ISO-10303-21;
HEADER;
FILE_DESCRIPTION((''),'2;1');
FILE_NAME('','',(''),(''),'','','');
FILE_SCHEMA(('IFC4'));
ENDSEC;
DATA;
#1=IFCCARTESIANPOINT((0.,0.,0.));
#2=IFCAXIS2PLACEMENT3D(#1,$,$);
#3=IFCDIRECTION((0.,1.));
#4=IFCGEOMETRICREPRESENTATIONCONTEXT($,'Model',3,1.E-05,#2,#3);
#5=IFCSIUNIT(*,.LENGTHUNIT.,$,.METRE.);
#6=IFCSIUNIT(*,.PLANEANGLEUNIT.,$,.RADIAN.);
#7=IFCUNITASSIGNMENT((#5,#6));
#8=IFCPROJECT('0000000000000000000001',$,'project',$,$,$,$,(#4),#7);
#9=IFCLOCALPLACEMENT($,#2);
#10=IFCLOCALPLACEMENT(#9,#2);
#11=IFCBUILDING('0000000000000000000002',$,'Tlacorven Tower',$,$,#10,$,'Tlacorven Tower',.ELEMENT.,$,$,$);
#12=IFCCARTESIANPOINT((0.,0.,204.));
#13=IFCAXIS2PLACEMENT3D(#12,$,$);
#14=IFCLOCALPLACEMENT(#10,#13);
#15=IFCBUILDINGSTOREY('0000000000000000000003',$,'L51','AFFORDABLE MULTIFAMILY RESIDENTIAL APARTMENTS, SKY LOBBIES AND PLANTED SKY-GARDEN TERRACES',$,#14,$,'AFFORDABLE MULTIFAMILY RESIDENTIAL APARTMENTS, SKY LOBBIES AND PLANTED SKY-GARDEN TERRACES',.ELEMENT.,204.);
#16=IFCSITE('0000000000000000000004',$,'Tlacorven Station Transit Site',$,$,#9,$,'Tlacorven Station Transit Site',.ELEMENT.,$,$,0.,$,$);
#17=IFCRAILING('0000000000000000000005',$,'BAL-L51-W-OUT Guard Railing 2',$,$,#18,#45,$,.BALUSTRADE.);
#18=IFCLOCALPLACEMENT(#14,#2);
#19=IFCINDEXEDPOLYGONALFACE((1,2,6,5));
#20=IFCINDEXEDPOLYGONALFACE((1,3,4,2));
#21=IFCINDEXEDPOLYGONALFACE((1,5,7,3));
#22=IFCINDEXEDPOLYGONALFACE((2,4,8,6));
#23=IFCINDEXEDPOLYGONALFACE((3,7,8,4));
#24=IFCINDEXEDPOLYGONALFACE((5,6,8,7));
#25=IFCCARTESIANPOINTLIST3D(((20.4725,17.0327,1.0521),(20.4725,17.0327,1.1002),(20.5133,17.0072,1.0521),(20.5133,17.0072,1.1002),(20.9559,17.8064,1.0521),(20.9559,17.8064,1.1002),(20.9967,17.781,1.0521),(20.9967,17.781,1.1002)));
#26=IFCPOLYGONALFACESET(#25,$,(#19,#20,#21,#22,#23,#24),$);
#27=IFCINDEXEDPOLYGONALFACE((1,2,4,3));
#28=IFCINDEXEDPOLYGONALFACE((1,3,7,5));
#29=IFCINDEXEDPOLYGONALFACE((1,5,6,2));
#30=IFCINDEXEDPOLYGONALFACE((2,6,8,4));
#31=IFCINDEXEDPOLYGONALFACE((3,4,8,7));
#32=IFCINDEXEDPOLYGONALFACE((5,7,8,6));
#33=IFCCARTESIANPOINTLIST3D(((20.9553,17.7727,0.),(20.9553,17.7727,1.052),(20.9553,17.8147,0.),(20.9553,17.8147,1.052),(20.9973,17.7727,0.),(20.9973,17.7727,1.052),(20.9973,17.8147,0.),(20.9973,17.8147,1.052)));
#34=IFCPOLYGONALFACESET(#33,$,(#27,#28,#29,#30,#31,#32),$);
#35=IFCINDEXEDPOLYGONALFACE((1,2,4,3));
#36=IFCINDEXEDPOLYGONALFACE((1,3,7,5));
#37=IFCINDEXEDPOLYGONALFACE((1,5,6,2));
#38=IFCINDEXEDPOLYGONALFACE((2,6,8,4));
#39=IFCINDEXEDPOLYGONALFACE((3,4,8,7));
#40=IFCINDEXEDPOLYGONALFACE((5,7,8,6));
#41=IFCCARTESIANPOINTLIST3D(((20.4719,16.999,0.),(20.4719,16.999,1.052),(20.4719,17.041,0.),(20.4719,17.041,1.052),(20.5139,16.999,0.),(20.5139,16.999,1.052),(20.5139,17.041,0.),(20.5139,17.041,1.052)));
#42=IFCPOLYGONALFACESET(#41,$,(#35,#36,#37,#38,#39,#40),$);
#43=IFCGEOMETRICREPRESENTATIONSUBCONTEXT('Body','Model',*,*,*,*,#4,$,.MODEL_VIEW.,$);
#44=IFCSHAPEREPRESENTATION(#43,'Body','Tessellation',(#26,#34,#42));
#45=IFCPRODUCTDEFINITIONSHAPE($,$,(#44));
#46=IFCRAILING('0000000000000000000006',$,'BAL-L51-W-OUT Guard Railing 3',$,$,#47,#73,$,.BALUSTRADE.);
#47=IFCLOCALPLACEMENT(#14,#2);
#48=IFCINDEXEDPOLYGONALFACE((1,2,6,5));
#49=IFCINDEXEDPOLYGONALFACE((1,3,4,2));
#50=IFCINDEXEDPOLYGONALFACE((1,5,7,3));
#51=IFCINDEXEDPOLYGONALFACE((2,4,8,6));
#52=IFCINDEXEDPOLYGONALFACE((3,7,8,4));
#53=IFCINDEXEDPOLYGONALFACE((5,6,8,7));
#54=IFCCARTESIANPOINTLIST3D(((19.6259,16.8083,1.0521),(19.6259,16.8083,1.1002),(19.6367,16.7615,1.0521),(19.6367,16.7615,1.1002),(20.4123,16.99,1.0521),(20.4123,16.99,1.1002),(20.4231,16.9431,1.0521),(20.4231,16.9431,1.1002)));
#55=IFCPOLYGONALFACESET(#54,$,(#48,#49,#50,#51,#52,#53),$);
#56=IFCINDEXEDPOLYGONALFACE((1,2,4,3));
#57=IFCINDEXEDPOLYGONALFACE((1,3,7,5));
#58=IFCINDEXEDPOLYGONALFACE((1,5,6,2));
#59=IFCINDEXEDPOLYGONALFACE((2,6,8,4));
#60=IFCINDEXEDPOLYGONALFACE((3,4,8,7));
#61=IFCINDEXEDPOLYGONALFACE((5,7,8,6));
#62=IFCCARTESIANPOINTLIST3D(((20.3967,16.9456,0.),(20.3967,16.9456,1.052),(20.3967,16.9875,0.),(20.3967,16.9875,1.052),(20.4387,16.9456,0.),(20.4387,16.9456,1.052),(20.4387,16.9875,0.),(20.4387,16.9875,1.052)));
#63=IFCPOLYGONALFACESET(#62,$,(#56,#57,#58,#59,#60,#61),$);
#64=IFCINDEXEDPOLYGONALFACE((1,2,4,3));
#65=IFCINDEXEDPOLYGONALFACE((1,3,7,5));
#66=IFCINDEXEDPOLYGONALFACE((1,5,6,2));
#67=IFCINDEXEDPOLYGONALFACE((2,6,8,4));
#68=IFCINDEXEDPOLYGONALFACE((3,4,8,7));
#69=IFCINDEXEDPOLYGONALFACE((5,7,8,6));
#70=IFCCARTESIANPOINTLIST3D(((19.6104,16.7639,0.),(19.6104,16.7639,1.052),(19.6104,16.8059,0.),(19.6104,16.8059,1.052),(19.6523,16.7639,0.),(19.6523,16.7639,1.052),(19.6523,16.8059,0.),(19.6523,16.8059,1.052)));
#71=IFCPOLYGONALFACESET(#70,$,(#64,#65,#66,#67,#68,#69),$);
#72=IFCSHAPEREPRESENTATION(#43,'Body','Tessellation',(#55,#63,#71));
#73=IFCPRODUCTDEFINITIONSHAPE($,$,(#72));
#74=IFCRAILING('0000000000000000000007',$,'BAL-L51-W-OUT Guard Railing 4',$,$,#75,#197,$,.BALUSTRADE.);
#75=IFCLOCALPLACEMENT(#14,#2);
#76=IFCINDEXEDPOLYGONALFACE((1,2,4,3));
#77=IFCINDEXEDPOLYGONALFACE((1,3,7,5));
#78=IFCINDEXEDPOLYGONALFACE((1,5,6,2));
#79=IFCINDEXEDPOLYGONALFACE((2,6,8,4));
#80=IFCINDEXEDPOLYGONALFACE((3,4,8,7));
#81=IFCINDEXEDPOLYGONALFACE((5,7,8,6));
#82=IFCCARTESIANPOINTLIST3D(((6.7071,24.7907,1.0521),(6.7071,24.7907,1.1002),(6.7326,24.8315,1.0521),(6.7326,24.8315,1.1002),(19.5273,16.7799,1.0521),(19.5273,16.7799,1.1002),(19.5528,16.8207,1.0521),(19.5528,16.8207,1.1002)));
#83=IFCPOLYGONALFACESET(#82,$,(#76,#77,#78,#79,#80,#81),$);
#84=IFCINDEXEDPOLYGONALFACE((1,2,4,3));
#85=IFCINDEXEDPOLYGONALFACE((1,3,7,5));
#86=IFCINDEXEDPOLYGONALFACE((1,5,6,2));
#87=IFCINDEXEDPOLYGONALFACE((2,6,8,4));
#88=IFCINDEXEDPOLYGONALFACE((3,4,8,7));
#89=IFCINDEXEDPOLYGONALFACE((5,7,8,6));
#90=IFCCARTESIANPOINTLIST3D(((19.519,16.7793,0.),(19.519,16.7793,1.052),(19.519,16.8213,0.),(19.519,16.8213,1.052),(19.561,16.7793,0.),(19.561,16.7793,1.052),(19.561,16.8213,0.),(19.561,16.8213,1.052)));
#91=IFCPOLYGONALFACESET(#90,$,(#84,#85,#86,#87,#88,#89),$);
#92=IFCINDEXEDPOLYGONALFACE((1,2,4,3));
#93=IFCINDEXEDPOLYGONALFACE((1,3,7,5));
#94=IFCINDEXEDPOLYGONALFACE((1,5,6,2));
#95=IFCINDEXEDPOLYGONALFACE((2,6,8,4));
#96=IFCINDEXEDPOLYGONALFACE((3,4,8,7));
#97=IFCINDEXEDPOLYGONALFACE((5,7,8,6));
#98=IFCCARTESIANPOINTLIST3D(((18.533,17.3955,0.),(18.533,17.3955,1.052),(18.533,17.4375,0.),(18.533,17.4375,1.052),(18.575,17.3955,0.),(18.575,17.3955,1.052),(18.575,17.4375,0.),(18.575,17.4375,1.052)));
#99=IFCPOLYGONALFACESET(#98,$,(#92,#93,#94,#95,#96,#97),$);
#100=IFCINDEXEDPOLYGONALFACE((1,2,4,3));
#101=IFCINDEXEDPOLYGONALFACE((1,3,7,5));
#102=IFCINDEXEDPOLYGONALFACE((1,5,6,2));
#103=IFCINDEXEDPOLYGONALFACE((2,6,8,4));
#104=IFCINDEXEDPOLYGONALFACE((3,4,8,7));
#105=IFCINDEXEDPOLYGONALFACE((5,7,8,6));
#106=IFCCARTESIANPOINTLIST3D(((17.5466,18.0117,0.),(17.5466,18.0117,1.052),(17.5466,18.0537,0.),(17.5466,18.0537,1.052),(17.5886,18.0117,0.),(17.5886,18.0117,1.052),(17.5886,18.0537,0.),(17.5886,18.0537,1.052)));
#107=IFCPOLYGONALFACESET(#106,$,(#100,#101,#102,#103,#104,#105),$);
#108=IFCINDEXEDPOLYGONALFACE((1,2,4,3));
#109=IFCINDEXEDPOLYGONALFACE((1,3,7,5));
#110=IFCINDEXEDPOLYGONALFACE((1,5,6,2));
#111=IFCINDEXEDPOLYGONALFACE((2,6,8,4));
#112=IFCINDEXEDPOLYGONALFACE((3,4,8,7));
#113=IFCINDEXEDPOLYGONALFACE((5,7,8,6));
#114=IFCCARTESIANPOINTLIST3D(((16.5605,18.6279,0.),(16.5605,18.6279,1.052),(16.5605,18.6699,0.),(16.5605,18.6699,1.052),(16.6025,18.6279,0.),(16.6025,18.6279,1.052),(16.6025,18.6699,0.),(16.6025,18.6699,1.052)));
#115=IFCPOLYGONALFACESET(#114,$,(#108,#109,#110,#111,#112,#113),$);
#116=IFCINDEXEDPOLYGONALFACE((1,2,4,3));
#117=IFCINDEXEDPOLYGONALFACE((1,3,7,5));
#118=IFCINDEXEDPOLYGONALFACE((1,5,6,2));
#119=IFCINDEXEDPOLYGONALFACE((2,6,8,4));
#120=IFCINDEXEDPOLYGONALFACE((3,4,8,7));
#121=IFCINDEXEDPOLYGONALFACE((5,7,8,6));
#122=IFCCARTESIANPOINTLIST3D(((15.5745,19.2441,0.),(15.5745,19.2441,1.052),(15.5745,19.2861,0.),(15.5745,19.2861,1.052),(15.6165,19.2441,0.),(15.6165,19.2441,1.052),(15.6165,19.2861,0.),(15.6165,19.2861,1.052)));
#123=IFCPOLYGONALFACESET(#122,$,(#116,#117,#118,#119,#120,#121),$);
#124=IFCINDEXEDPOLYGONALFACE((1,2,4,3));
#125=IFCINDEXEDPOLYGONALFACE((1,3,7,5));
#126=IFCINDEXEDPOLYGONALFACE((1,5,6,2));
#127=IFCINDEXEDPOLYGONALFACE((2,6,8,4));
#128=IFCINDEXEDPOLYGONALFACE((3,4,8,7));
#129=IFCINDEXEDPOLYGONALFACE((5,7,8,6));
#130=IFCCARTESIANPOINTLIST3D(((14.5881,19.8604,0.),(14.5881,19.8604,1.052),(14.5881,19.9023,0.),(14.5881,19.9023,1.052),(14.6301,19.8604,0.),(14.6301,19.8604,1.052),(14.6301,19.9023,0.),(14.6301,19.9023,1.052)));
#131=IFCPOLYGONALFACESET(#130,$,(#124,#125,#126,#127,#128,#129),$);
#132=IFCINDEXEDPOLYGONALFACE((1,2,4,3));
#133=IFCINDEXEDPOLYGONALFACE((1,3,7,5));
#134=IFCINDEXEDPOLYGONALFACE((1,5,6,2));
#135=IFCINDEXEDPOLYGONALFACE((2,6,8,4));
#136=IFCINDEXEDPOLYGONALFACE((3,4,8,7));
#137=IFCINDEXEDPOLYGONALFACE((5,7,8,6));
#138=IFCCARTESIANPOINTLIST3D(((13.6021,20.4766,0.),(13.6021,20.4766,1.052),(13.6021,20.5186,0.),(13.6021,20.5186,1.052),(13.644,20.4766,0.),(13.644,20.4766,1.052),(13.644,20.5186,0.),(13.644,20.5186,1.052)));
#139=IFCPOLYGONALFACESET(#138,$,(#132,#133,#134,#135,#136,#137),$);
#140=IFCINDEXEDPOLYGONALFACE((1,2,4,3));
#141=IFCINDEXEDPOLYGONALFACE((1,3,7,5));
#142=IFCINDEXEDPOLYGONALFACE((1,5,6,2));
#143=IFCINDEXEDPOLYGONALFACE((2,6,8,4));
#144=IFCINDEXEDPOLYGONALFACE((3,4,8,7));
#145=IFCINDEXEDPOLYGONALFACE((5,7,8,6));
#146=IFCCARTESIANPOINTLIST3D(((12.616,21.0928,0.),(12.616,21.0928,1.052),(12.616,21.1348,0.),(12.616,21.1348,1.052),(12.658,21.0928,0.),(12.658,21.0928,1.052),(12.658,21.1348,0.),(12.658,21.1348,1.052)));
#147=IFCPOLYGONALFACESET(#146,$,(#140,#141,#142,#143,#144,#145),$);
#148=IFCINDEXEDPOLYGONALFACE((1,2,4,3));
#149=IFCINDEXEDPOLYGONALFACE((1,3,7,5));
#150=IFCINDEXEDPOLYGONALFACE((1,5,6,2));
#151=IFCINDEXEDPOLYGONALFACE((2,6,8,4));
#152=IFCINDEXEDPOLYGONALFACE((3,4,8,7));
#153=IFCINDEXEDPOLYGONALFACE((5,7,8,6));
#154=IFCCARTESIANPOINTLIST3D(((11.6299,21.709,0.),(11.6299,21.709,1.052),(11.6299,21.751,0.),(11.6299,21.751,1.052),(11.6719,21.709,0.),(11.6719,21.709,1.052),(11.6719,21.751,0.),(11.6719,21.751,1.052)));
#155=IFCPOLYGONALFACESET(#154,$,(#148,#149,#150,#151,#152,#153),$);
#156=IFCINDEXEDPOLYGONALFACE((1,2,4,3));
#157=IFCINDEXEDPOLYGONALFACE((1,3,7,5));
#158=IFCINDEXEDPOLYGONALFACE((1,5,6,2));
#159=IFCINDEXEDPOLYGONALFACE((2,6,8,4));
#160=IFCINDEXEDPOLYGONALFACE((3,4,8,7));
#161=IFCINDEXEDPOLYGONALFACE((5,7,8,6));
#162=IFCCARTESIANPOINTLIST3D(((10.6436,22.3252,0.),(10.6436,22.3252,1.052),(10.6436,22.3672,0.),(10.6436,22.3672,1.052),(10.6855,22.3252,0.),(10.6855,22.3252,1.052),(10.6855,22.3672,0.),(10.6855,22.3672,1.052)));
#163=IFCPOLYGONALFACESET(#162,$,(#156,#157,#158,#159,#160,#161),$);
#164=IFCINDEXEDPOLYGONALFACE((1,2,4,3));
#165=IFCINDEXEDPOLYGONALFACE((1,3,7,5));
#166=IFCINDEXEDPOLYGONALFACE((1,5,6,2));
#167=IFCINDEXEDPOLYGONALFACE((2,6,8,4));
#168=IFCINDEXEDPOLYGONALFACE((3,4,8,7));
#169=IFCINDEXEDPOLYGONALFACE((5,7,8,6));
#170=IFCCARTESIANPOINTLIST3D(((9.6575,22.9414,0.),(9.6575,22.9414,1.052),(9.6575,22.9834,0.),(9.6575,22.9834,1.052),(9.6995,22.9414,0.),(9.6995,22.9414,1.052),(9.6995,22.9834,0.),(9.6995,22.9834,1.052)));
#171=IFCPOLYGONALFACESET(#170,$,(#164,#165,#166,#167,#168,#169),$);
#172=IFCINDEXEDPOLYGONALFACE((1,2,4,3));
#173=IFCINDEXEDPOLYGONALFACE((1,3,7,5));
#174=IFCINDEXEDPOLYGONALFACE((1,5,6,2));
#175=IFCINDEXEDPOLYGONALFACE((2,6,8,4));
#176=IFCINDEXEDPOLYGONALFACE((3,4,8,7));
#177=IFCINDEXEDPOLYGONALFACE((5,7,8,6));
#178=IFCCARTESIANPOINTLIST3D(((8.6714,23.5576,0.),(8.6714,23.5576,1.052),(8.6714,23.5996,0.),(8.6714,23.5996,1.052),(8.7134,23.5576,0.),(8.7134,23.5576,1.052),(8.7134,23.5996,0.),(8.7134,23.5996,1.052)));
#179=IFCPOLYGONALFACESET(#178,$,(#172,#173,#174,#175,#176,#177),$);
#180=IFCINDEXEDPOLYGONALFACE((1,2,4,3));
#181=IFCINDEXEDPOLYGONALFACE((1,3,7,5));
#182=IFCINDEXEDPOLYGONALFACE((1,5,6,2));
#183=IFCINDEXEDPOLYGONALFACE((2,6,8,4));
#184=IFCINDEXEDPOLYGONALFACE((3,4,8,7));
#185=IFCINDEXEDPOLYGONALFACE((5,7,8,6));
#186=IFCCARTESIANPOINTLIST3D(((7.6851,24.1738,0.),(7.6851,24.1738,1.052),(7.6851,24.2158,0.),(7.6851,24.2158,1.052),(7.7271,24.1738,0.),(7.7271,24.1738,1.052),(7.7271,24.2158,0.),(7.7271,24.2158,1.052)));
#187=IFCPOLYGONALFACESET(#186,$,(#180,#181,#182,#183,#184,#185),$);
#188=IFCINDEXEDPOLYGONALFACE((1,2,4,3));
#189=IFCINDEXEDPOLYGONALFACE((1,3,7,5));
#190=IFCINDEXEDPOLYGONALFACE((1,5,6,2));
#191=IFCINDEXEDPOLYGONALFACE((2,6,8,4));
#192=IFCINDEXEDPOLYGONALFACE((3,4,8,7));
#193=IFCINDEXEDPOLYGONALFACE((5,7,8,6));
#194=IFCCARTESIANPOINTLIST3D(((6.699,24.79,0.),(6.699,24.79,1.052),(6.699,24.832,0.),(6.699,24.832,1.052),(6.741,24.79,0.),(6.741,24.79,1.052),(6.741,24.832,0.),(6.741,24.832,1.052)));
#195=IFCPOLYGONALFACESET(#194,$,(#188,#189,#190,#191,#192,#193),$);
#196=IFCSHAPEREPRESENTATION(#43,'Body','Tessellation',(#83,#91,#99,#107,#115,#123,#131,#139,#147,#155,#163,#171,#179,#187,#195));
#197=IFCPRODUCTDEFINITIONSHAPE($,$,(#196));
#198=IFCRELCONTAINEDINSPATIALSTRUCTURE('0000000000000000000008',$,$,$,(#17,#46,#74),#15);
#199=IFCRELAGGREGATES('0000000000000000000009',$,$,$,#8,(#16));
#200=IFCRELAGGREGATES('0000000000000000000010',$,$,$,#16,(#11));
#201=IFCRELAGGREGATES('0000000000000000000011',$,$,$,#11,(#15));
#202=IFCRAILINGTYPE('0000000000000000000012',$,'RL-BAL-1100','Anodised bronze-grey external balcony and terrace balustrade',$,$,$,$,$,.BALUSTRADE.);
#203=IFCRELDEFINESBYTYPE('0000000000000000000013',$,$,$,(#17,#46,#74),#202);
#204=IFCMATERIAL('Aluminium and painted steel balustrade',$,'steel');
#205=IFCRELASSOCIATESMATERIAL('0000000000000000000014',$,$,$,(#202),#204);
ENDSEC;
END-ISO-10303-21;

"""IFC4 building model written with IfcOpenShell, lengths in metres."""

from ifc_helpers import new_model, si_unit, direction, frame, origin, origin_2d, place, context, subcontext, project, spatial, rectangle, extrude, source, transform, mapped, material, type_object, element, save


model = new_model("IFC4")

# Units and contexts
model_context = context("Model", 3, precision=1e-05, world=origin(), true_north=direction((0.0, 1.0)))
body_context = subcontext(model_context, "Body", "Model", "MODEL_VIEW")
ifc_project = project(units=[si_unit("LENGTHUNIT", "METRE"), si_unit("PLANEANGLEUNIT", "RADIAN")], contexts=[model_context])

# Site, building, storey
site_placement = place(None, origin())
site = spatial("IfcSite", under=ifc_project, at=site_placement, Name="Tlacorven Station Transit Site", LongName="Tlacorven Station Transit Site", CompositionType="ELEMENT", RefElevation=0.0)
building_placement = place(site_placement, origin())
building = spatial("IfcBuilding", under=site, at=building_placement, Name="Tlacorven Tower", LongName="Tlacorven Tower", CompositionType="ELEMENT")
storey_placement = place(building_placement, frame((0.0, 0.0, 204.0)))
storey = spatial("IfcBuildingStorey", under=building, at=storey_placement, Name="L51", Description="AFFORDABLE MULTIFAMILY RESIDENTIAL APARTMENTS, SKY LOBBIES AND PLANTED SKY-GARDEN TERRACES", LongName="AFFORDABLE MULTIFAMILY RESIDENTIAL APARTMENTS, SKY LOBBIES AND PLANTED SKY-GARDEN TERRACES", CompositionType="ELEMENT", Elevation=204.0)

# Railings
ifc_material_1 = material(Name="Aluminium and painted steel balustrade", Category="steel")
railing_type = type_object("IfcRailingType", Name="RL-BAL-1100", Description="Anodised bronze-grey external balcony and terrace balustrade", PredefinedType="BALUSTRADE", material=ifc_material_1)
shared_shape_1 = source(origin(), body_context, "Body", "SweptSolid", [
    extrude(rectangle(XDim=0.0481, YDim=0.0481, at=origin_2d()), frame((0.0, 0.0, 1.0762), z_axis=(-0.529879, -0.848073, 0.0), x_axis=(0.848073, -0.529879, 0.0)), (0.0, 0.0, 1.0), 0.9124),
    extrude(rectangle(XDim=0.042, YDim=0.042, at=origin_2d()), origin(), (0.0, 0.0, 1.0), 1.052),
    extrude(rectangle(XDim=0.042, YDim=0.042, at=origin_2d()), frame((-0.4834, -0.7737, 0.0)), (0.0, 0.0, 1.0), 1.052),
])
railing_1_placement = place(storey_placement, frame((20.9763, 17.7937, 0.0)))
element("IfcRailing", 1, at=railing_1_placement, inside=storey, type_object=railing_type, Name="BAL-L51-W-OUT Guard Railing 2", PredefinedType="BALUSTRADE", context=body_context, shape_type="MappedRepresentation", body=[
    mapped(shared_shape_1, transform((0.0, 0.0, 0.0), scale=1.0)),
])
shared_shape_2 = source(origin(), body_context, "Body", "SweptSolid", [
    extrude(rectangle(XDim=0.0481, YDim=0.0481, at=origin_2d()), frame((0.0, 0.0, 1.0762), z_axis=(-0.974345, -0.225058, 0.0), x_axis=(0.225058, -0.974345, 0.0)), (0.0, 0.0, 1.0), 0.8071),
    extrude(rectangle(XDim=0.042, YDim=0.042, at=origin_2d()), origin(), (0.0, 0.0, 1.0), 1.052),
    extrude(rectangle(XDim=0.042, YDim=0.042, at=origin_2d()), frame((-0.7864, -0.1816, 0.0)), (0.0, 0.0, 1.0), 1.052),
])
railing_2_placement = place(storey_placement, frame((20.4177, 16.9666, 0.0)))
element("IfcRailing", 2, at=railing_2_placement, inside=storey, type_object=railing_type, Name="BAL-L51-W-OUT Guard Railing 3", PredefinedType="BALUSTRADE", context=body_context, shape_type="MappedRepresentation", body=[
    mapped(shared_shape_2, transform((0.0, 0.0, 0.0), scale=1.0)),
])
shared_shape_3 = source(origin(), body_context, "Body", "SweptSolid", [
    extrude(rectangle(XDim=0.0481, YDim=0.0481, at=origin_2d()), frame((0.0, 0.0, 1.0762), z_axis=(-0.848052, 0.529913, 0.0), x_axis=(-0.529913, -0.848052, 0.0)), (0.0, 0.0, 1.0), 15.1172),
    extrude(rectangle(XDim=0.042, YDim=0.042, at=origin_2d()), origin(), (0.0, 0.0, 1.0), 1.052),
    extrude(rectangle(XDim=0.042, YDim=0.042, at=origin_2d()), frame((-0.9861, 0.6162, 0.0)), (0.0, 0.0, 1.0), 1.052),
    extrude(rectangle(XDim=0.042, YDim=0.042, at=origin_2d()), frame((-1.9724, 1.2324, 0.0)), (0.0, 0.0, 1.0), 1.052),
    extrude(rectangle(XDim=0.042, YDim=0.042, at=origin_2d()), frame((-2.9585, 1.8486, 0.0)), (0.0, 0.0, 1.0), 1.052),
    extrude(rectangle(XDim=0.042, YDim=0.042, at=origin_2d()), frame((-3.9446, 2.4648, 0.0)), (0.0, 0.0, 1.0), 1.052),
    extrude(rectangle(XDim=0.042, YDim=0.042, at=origin_2d()), frame((-4.9309, 3.0811, 0.0)), (0.0, 0.0, 1.0), 1.052),
    extrude(rectangle(XDim=0.042, YDim=0.042, at=origin_2d()), frame((-5.917, 3.6973, 0.0)), (0.0, 0.0, 1.0), 1.052),
    extrude(rectangle(XDim=0.042, YDim=0.042, at=origin_2d()), frame((-6.9031, 4.3135, 0.0)), (0.0, 0.0, 1.0), 1.052),
    extrude(rectangle(XDim=0.042, YDim=0.042, at=origin_2d()), frame((-7.8892, 4.9297, 0.0)), (0.0, 0.0, 1.0), 1.052),
    extrude(rectangle(XDim=0.042, YDim=0.042, at=origin_2d()), frame((-8.8755, 5.5459, 0.0)), (0.0, 0.0, 1.0), 1.052),
    extrude(rectangle(XDim=0.042, YDim=0.042, at=origin_2d()), frame((-9.8616, 6.1621, 0.0)), (0.0, 0.0, 1.0), 1.052),
    extrude(rectangle(XDim=0.042, YDim=0.042, at=origin_2d()), frame((-10.8477, 6.7783, 0.0)), (0.0, 0.0, 1.0), 1.052),
    extrude(rectangle(XDim=0.042, YDim=0.042, at=origin_2d()), frame((-11.834, 7.3945, 0.0)), (0.0, 0.0, 1.0), 1.052),
    extrude(rectangle(XDim=0.042, YDim=0.042, at=origin_2d()), frame((-12.8201, 8.0107, 0.0)), (0.0, 0.0, 1.0), 1.052),
])
railing_3_placement = place(storey_placement, frame((19.54, 16.8003, 0.0)))
element("IfcRailing", 3, at=railing_3_placement, inside=storey, type_object=railing_type, Name="BAL-L51-W-OUT Guard Railing 4", PredefinedType="BALUSTRADE", context=body_context, shape_type="MappedRepresentation", body=[
    mapped(shared_shape_3, transform((0.0, 0.0, 0.0), scale=1.0)),
])

save(model, "model.ifc")
